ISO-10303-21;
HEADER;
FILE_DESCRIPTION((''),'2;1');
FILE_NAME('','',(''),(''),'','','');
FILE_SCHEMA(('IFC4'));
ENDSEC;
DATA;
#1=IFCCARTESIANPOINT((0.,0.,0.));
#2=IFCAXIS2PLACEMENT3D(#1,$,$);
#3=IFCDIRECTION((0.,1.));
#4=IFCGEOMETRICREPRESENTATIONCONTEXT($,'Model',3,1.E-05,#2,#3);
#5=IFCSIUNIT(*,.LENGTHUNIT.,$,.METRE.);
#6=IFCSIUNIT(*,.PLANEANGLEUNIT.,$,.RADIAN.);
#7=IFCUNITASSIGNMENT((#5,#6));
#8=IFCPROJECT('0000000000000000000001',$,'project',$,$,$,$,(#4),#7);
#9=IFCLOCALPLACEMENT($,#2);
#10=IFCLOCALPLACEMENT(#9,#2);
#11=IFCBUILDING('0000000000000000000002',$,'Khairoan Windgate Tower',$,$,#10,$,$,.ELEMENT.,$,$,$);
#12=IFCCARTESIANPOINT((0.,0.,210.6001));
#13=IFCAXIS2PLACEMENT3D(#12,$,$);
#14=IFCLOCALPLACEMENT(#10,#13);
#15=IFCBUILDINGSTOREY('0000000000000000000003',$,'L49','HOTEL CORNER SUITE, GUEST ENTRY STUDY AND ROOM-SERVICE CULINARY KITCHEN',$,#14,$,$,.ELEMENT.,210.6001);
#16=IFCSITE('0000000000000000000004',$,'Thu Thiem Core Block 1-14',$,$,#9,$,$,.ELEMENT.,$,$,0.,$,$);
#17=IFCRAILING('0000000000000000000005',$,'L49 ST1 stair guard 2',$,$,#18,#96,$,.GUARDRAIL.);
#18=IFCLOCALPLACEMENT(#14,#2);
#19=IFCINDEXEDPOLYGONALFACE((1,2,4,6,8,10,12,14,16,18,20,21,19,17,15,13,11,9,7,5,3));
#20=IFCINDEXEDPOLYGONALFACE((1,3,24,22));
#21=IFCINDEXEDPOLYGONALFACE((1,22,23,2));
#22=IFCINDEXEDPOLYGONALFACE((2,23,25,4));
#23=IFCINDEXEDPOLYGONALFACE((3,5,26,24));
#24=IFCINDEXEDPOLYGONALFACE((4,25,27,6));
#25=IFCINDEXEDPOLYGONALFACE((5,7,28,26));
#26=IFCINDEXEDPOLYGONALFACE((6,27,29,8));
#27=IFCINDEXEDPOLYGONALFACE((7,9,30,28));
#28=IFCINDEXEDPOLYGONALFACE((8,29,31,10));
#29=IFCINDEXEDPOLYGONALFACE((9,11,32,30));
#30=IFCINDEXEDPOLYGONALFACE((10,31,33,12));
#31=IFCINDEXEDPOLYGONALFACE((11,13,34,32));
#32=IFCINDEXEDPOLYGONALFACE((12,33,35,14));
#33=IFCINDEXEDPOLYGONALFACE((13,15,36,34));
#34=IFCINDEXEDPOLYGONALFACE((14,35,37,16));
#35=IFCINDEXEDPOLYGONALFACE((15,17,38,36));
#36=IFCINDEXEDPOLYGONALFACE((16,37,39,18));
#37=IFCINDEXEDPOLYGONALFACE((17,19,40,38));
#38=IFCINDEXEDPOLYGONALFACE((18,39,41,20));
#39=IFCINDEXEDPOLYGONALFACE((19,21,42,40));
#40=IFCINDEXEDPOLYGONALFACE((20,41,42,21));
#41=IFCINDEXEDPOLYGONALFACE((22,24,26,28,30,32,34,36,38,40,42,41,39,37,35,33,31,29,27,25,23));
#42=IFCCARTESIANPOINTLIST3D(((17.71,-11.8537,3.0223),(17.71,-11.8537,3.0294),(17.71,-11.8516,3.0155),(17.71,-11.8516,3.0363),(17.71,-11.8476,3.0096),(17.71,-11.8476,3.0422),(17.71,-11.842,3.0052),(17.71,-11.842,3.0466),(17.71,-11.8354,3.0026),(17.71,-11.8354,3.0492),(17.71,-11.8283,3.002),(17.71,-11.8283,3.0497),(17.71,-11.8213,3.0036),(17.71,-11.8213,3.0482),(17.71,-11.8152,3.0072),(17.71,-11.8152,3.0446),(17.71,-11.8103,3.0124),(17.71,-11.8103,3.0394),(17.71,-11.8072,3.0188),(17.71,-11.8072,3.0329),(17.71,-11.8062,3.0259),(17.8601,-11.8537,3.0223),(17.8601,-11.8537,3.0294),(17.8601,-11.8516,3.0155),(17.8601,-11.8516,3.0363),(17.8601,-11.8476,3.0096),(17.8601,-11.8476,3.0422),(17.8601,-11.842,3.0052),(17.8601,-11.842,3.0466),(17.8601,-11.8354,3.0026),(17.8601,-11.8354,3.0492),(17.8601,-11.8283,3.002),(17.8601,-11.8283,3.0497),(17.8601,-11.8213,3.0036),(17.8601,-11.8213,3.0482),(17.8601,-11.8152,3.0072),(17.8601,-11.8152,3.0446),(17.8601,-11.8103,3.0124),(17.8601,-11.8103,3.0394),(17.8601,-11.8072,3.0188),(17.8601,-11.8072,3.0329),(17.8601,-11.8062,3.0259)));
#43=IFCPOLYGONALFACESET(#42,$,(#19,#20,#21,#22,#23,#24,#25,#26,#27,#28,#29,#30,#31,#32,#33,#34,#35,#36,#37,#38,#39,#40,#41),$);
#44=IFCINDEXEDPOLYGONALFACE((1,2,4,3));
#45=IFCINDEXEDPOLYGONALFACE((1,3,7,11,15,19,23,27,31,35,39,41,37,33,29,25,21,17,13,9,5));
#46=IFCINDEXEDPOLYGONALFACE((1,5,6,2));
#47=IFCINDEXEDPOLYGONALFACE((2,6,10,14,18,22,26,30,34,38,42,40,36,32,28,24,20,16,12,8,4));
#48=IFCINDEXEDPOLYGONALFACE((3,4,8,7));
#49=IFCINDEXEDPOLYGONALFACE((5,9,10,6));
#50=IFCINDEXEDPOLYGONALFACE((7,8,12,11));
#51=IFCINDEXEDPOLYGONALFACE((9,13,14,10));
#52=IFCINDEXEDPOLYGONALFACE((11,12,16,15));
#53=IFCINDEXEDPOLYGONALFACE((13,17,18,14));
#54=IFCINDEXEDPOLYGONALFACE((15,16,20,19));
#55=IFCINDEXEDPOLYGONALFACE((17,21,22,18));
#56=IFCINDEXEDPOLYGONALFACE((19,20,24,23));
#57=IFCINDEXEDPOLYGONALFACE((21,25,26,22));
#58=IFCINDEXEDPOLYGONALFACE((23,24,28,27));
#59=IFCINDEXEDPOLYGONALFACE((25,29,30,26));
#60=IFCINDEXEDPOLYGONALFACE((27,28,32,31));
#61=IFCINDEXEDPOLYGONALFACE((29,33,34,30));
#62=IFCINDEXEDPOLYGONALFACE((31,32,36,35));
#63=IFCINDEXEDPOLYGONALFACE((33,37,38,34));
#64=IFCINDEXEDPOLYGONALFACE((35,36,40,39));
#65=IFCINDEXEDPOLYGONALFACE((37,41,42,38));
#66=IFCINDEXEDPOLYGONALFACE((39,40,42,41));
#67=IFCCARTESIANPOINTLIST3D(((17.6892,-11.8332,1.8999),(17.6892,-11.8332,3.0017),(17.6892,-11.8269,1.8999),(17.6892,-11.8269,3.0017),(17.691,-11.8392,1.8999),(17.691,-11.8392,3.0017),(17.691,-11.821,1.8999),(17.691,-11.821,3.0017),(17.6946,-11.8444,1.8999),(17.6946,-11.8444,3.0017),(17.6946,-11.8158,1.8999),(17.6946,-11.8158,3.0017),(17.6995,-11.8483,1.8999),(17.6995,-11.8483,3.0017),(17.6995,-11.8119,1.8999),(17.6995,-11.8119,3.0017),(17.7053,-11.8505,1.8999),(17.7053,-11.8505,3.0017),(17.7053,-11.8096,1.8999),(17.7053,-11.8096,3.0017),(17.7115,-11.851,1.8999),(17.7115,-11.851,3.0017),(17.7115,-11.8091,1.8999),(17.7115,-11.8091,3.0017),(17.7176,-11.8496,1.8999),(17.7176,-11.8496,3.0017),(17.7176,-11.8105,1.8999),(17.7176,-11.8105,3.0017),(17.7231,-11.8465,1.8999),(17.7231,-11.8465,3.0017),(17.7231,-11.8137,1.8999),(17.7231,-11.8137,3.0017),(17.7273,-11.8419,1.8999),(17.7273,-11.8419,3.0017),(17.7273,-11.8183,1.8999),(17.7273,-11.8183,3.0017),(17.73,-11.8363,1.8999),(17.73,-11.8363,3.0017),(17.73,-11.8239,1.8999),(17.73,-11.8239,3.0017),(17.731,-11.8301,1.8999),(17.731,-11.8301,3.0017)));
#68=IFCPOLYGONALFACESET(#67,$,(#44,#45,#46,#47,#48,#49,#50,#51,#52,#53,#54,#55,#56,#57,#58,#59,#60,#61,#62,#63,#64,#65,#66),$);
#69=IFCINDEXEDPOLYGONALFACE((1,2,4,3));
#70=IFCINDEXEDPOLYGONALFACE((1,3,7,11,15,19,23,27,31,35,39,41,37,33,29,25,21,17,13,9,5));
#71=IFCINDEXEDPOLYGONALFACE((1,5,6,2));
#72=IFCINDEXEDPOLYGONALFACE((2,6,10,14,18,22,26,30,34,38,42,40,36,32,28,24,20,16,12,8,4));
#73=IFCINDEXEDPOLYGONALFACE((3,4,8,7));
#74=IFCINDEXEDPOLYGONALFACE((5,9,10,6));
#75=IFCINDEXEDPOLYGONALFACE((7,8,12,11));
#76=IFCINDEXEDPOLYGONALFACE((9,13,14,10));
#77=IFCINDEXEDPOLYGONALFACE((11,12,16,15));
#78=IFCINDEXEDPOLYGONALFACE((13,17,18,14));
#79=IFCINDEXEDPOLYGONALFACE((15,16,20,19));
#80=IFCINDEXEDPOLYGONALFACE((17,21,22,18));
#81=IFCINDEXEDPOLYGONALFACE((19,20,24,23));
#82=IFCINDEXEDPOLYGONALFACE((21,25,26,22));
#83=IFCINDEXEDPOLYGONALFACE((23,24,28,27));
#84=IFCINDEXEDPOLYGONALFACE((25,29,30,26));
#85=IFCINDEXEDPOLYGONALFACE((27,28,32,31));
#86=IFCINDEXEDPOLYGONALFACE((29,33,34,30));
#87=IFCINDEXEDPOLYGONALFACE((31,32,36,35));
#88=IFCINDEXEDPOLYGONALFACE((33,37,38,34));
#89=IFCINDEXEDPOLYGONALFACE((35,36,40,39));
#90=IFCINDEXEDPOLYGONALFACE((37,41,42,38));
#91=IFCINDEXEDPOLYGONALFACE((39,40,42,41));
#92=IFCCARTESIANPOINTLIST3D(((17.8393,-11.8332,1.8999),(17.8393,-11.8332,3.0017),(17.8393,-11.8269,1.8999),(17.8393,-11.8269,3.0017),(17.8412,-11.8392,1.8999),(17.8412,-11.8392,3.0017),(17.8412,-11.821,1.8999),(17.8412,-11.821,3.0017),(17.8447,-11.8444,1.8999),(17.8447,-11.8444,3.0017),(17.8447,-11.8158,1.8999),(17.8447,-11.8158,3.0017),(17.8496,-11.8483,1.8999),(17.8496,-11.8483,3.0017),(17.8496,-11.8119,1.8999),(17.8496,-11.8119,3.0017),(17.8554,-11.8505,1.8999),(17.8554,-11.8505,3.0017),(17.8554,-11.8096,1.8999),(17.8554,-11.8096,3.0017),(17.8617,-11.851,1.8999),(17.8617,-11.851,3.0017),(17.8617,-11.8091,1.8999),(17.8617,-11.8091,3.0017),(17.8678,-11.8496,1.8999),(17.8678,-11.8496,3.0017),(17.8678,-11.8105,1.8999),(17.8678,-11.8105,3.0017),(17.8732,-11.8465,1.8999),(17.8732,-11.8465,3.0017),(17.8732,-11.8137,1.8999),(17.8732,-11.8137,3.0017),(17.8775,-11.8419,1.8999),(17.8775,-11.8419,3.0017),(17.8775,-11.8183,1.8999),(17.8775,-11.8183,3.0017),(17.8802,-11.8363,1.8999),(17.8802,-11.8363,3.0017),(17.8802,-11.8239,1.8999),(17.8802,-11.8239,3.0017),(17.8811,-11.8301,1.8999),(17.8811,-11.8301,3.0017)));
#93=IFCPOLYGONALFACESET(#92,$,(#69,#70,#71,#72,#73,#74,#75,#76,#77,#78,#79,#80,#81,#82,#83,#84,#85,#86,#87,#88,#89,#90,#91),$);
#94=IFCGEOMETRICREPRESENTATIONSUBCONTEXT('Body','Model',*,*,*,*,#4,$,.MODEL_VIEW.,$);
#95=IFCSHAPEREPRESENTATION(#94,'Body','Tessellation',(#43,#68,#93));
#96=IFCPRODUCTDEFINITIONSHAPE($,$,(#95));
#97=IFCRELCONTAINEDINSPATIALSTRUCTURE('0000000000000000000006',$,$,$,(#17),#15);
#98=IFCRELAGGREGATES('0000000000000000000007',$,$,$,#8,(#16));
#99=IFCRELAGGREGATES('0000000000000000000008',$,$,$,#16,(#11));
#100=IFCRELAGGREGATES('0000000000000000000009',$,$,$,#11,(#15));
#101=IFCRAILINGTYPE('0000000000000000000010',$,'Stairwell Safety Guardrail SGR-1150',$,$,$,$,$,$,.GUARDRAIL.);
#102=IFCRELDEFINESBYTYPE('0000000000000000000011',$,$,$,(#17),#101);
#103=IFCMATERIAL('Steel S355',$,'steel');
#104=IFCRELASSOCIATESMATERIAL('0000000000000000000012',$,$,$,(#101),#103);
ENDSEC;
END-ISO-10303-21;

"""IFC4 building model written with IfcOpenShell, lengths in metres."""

from ifc_helpers import new_model, si_unit, direction, frame, origin, origin_2d, place, context, subcontext, project, spatial, circle, extrude, material, type_object, element, save


model = new_model("IFC4")

# Units and contexts
model_context = context("Model", 3, precision=1e-05, world=origin(), true_north=direction((0.0, 1.0)))
body_context = subcontext(model_context, "Body", "Model", "MODEL_VIEW")
ifc_project = project(units=[si_unit("LENGTHUNIT", "METRE"), si_unit("PLANEANGLEUNIT", "RADIAN")], contexts=[model_context])

# Site, building, storey
site_placement = place(None, origin())
site = spatial("IfcSite", under=ifc_project, at=site_placement, Name="Thu Thiem Core Block 1-14", CompositionType="ELEMENT", RefElevation=0.0)
building_placement = place(site_placement, origin())
building = spatial("IfcBuilding", under=site, at=building_placement, Name="Khairoan Windgate Tower", CompositionType="ELEMENT")
storey_placement = place(building_placement, frame((0.0, 0.0, 210.6001)))
storey = spatial("IfcBuildingStorey", under=building, at=storey_placement, Name="L49", Description="HOTEL CORNER SUITE, GUEST ENTRY STUDY AND ROOM-SERVICE CULINARY KITCHEN", CompositionType="ELEMENT", Elevation=210.6001)

# Railing
ifc_material_1 = material(Name="Steel S355", Category="steel")
railing_type_1 = type_object("IfcRailingType", Name="Stairwell Safety Guardrail SGR-1150", PredefinedType="GUARDRAIL", material=ifc_material_1)
railing_1_placement = place(storey_placement, frame((17.71, -11.8301, 1.8999)))
element("IfcRailing", 1, at=railing_1_placement, inside=storey, type_object=railing_type_1, Name="L49 ST1 stair guard 2", PredefinedType="GUARDRAIL", context=body_context, shape_type="SweptSolid", body=[
    extrude(circle(Radius=0.0239, at=origin_2d()), frame((0.0, 0.0, 1.126), z_axis=(1.0, 0.0, 0.0), x_axis=(0.0, 1.0, 0.0)), (0.0, 0.0, 1.0), 0.1501),
    extrude(circle(Radius=0.021, at=origin_2d()), origin(), (0.0, 0.0, 1.0), 1.1018),
    extrude(circle(Radius=0.021, at=origin_2d()), frame((0.1501, 0.0, 0.0)), (0.0, 0.0, 1.0), 1.1018),
])

save(model, "model.ifc")
